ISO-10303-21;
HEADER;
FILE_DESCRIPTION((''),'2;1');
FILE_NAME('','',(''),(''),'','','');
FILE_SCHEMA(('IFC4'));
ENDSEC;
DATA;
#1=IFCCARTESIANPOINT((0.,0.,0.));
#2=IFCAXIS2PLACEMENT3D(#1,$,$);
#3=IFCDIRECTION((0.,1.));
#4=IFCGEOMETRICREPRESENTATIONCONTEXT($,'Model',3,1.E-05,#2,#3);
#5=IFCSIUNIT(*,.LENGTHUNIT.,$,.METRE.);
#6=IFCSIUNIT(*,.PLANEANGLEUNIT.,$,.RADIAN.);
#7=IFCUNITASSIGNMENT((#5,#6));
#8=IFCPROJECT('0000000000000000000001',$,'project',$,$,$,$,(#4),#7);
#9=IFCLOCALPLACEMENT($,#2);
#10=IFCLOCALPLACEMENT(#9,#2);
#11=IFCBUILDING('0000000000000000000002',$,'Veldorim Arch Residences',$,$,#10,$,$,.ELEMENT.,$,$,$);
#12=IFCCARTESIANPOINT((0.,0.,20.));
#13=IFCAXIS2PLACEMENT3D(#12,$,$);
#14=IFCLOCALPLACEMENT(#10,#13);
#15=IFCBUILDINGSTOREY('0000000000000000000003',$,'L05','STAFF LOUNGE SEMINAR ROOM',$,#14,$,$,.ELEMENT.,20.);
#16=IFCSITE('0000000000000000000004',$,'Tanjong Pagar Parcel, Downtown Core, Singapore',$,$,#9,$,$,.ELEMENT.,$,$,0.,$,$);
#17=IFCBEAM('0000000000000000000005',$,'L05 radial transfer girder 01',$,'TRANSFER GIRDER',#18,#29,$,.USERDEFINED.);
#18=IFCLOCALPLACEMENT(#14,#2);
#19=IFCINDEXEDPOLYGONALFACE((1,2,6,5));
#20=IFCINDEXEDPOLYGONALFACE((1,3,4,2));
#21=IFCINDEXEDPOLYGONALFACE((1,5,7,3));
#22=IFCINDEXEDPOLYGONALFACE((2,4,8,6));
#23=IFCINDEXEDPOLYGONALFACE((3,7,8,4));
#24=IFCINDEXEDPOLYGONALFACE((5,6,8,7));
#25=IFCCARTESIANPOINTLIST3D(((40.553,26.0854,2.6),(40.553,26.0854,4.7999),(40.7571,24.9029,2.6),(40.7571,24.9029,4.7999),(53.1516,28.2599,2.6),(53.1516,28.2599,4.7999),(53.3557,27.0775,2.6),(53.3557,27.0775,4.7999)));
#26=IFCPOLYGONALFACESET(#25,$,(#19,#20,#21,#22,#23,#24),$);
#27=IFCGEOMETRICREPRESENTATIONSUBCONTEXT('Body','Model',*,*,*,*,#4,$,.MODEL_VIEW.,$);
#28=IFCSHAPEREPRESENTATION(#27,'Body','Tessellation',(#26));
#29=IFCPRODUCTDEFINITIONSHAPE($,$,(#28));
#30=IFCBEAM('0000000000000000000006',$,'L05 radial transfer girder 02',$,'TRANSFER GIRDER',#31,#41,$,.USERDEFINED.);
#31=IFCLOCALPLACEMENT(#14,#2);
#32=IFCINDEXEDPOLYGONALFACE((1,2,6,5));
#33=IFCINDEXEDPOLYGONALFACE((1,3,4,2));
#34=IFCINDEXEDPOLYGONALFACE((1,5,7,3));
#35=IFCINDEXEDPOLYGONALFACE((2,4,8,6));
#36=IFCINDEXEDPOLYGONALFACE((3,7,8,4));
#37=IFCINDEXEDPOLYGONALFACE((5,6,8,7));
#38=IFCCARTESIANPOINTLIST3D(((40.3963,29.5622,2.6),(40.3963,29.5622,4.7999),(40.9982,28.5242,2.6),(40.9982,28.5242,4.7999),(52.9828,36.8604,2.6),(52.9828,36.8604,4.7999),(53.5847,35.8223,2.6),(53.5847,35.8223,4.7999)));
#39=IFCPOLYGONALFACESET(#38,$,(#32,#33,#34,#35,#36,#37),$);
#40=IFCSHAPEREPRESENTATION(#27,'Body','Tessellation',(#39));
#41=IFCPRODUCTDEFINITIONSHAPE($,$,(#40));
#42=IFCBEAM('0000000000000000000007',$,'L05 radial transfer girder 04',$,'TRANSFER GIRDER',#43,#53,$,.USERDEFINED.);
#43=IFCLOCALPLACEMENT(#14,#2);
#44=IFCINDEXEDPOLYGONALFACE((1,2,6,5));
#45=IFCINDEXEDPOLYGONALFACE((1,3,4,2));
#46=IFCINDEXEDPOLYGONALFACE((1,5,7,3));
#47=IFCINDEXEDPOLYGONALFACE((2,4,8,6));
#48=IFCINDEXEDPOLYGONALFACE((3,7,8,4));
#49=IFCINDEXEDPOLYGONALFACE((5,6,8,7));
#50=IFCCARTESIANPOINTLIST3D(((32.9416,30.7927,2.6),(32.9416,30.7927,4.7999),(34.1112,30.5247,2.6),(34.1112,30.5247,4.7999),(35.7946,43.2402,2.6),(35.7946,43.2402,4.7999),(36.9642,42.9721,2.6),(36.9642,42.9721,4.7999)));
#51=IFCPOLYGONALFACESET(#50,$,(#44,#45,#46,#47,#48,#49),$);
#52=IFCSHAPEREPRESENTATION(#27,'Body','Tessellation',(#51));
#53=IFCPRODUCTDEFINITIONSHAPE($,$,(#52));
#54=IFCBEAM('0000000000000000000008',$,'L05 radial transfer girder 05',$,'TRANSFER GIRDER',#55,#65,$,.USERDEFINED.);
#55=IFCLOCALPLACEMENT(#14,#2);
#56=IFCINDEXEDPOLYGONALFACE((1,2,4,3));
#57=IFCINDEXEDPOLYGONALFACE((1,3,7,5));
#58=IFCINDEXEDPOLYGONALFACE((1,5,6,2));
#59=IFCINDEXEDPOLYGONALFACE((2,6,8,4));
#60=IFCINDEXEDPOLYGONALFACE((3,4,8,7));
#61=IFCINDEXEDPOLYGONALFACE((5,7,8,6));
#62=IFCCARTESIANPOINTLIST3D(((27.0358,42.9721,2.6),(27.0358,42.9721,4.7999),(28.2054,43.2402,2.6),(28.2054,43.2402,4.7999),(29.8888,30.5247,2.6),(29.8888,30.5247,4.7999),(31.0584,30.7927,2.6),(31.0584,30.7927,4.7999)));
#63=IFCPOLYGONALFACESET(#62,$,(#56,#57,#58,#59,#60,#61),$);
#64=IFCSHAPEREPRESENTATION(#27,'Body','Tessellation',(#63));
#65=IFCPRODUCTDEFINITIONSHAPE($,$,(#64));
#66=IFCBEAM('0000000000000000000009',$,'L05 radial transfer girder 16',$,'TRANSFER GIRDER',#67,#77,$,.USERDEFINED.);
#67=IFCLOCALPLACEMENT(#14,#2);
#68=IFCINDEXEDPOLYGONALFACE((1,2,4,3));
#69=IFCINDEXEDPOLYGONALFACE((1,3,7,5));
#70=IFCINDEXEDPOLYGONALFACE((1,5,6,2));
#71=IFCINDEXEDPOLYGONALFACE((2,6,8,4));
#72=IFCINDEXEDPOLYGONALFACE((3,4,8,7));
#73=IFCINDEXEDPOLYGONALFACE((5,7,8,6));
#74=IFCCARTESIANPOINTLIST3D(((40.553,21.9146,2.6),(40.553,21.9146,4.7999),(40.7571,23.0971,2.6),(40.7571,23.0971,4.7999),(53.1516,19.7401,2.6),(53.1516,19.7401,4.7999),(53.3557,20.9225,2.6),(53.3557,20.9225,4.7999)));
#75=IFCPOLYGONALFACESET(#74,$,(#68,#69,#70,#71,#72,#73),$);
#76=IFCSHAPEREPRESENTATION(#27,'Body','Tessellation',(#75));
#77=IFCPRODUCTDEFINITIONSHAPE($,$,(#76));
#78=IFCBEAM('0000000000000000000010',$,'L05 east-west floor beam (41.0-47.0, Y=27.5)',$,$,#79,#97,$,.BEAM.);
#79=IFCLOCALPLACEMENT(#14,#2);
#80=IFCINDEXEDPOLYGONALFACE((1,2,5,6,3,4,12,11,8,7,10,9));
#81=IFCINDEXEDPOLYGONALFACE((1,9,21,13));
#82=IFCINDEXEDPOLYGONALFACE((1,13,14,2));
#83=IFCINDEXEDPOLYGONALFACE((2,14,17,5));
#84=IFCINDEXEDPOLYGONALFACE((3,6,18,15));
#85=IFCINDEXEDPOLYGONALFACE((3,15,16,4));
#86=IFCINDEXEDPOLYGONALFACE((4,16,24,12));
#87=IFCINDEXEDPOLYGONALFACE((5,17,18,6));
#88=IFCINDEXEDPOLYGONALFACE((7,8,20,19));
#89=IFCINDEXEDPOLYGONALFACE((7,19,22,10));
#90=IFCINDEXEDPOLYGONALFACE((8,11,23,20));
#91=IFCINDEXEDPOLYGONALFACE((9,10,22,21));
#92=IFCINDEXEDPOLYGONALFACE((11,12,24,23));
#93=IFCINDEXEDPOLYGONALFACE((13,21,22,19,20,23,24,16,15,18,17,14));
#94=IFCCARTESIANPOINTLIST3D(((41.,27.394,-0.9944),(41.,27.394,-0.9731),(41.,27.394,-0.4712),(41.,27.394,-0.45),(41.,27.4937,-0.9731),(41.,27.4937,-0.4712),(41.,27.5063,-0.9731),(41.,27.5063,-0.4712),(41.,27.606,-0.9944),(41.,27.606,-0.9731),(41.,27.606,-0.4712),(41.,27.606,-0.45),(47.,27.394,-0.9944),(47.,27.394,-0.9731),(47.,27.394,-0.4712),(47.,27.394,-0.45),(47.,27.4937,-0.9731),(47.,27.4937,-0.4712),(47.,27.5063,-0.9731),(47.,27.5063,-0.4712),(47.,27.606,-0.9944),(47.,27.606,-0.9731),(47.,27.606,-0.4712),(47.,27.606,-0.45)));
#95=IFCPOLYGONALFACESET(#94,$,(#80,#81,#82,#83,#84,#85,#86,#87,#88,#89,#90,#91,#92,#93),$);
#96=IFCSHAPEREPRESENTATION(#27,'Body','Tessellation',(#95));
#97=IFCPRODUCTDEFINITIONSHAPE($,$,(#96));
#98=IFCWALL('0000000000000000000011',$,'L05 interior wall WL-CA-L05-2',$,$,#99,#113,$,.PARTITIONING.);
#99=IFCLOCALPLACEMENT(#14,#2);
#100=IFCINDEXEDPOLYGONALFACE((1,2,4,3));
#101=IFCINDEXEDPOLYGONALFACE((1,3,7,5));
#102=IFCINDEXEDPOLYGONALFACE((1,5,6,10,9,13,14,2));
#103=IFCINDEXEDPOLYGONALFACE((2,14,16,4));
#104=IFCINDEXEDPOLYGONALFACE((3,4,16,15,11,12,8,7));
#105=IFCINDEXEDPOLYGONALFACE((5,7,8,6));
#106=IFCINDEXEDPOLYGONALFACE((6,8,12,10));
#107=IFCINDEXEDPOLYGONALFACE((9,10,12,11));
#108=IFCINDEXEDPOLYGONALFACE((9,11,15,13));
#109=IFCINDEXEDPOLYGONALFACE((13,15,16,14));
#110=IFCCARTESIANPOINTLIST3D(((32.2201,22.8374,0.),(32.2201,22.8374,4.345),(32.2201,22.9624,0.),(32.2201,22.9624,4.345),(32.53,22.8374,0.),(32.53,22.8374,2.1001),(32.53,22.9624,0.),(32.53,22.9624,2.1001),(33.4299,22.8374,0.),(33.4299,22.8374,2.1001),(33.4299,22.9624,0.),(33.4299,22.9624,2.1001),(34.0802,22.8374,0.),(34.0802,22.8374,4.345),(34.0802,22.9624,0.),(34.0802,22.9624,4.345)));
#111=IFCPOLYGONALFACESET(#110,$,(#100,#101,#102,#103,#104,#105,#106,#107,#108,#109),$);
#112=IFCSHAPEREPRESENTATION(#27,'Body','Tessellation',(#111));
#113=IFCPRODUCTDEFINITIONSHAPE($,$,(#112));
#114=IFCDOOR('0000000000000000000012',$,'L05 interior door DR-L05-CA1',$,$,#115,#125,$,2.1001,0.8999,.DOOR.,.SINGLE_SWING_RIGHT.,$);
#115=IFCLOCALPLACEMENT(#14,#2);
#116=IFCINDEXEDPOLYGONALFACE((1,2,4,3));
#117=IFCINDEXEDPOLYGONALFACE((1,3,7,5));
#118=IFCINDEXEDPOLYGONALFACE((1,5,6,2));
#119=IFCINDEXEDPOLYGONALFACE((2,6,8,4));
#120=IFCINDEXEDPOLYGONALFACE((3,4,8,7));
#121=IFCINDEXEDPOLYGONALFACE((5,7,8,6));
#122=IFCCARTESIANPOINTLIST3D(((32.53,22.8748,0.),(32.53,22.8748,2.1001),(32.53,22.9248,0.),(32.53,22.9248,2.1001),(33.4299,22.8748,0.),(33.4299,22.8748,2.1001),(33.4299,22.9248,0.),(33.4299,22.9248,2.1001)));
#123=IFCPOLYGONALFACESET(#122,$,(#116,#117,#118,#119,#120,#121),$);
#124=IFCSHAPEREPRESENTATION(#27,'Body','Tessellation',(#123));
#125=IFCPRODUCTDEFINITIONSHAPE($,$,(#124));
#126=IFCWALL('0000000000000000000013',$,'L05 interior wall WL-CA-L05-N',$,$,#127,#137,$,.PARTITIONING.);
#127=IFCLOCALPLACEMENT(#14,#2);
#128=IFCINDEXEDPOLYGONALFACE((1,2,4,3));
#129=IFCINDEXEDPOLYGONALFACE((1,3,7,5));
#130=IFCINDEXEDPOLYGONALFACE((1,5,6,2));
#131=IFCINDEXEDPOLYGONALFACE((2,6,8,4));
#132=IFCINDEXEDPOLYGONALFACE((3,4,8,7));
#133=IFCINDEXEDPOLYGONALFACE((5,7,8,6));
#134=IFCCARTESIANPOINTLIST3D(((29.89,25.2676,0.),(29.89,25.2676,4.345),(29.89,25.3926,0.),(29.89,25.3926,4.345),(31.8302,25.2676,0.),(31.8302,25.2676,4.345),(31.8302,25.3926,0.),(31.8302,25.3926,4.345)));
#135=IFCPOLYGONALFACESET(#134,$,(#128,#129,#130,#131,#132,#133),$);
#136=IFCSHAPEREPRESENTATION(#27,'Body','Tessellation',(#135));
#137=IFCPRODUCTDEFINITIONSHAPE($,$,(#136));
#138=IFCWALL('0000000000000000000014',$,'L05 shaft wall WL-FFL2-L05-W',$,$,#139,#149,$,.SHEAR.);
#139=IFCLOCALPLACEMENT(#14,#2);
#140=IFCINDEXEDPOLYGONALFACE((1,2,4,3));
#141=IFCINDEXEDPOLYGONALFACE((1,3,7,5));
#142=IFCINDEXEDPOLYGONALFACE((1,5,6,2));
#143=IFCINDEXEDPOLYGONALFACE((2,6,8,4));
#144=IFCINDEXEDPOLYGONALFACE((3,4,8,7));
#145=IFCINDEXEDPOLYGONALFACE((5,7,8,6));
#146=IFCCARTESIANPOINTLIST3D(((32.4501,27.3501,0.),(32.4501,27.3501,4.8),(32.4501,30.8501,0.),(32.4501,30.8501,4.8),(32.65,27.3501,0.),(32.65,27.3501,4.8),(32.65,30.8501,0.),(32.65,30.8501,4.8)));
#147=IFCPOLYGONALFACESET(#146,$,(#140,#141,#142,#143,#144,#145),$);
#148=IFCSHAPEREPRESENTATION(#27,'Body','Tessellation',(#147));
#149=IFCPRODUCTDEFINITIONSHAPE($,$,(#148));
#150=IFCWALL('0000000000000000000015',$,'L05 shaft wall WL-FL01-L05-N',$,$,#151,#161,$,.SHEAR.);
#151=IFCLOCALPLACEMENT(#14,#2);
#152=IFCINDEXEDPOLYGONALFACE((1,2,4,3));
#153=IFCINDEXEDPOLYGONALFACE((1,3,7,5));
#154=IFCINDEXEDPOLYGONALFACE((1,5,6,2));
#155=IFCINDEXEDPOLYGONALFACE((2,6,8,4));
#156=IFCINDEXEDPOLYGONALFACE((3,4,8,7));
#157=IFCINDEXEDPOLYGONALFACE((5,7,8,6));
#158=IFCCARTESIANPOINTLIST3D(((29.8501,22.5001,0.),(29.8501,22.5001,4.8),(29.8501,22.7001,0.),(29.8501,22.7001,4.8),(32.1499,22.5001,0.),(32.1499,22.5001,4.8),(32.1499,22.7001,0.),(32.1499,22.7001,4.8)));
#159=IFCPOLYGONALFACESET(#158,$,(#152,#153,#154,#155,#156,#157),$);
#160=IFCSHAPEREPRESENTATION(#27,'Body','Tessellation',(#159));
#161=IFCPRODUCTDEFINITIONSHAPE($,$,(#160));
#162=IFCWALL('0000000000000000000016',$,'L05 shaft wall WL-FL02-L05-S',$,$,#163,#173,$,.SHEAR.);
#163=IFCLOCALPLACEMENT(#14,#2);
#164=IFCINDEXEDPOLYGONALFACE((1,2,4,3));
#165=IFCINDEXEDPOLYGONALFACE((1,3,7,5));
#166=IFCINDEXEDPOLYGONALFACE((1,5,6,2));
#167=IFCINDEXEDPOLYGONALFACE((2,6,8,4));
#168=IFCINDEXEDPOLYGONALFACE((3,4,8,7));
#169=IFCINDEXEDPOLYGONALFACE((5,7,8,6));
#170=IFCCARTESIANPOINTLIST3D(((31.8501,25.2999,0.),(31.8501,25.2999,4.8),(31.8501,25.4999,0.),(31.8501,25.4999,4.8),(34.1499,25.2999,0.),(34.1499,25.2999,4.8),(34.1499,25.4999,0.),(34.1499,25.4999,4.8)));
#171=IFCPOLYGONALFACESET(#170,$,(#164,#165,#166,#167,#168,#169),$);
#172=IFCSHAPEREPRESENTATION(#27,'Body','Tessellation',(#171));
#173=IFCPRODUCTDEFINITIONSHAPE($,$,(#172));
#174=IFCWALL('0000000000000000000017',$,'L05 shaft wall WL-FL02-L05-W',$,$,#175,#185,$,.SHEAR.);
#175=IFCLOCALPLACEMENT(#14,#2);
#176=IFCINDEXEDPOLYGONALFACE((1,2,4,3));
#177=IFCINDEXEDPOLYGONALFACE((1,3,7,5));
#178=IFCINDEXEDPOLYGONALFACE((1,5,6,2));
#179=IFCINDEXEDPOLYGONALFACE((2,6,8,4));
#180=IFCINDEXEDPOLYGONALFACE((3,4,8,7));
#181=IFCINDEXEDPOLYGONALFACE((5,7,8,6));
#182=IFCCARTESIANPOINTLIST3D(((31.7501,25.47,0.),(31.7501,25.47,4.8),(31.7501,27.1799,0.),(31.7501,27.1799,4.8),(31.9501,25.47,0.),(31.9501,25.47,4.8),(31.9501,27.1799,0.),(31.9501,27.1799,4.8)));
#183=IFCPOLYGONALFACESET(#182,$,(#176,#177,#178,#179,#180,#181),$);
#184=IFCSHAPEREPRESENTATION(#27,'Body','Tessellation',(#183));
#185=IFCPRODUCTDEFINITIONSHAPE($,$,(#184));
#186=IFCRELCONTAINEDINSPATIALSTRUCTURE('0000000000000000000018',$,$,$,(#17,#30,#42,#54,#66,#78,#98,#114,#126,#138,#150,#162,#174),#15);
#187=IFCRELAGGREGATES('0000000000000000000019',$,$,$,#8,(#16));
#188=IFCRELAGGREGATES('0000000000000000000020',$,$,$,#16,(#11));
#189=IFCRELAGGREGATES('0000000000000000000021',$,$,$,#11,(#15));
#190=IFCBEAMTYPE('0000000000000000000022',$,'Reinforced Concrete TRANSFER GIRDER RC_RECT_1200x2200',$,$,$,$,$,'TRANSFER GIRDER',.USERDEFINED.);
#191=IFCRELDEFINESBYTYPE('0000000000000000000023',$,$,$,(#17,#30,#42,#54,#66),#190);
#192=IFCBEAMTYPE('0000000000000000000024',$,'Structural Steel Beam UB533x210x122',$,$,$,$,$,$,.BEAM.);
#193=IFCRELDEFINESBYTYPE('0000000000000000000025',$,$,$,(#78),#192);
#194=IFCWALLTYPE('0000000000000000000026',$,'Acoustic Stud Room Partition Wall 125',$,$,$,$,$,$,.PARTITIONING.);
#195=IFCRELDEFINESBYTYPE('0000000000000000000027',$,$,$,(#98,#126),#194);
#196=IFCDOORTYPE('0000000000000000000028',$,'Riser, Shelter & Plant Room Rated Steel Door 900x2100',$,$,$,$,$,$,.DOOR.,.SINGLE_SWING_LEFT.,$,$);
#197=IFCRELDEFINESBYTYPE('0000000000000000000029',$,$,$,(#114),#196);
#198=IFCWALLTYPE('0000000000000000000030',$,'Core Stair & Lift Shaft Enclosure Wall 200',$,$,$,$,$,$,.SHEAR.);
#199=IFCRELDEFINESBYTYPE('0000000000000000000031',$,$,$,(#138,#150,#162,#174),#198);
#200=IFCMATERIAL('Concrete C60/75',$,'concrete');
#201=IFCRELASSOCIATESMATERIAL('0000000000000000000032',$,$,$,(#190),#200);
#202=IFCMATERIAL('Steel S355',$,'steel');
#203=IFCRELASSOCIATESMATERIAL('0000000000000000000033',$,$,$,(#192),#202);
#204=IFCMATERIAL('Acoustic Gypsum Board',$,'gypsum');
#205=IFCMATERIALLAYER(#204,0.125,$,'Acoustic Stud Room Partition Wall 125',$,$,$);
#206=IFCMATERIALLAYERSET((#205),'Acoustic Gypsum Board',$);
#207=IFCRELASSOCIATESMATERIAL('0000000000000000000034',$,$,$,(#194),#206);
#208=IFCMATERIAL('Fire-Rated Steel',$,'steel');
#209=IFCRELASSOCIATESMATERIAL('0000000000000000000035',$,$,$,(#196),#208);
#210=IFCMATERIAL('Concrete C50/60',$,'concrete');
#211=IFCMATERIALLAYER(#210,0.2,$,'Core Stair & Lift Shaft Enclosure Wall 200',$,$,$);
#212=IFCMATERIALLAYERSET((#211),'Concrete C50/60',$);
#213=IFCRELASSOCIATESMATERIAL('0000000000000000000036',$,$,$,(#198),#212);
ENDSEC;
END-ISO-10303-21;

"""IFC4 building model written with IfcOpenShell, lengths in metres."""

from ifc_helpers import new_model, si_unit, direction, frame, frame_2d, origin, origin_2d, place, context, subcontext, project, spatial, rectangle, i_section, extrude, material, layer, layer_set, material_profile, profile_set, type_object, element, fill, save


model = new_model("IFC4")

# Units and contexts
model_context = context("Model", 3, precision=1e-05, world=origin(), true_north=direction((0.0, 1.0)))
body_context = subcontext(model_context, "Body", "Model", "MODEL_VIEW")
ifc_project = project(units=[si_unit("LENGTHUNIT", "METRE"), si_unit("PLANEANGLEUNIT", "RADIAN")], contexts=[model_context])

# Site, building, storey
site_placement = place(None, origin())
site = spatial("IfcSite", under=ifc_project, at=site_placement, Name="Tanjong Pagar Parcel, Downtown Core, Singapore", CompositionType="ELEMENT", RefElevation=0.0)
building_placement = place(site_placement, origin())
building = spatial("IfcBuilding", under=site, at=building_placement, Name="Veldorim Arch Residences", CompositionType="ELEMENT")
storey_placement = place(building_placement, frame((0.0, 0.0, 20.0)))
storey = spatial("IfcBuildingStorey", under=building, at=storey_placement, Name="L05", Description="STAFF LOUNGE SEMINAR ROOM", CompositionType="ELEMENT", Elevation=20.0)

# Beams
ifc_material_1 = material(Name="Concrete C60/75", Category="concrete")
ifc_material_profile_1 = material_profile(ifc_material_1, rectangle(XDim=1.2, YDim=2.2, at=origin_2d()), Name="RC_RECT_1200x2200")
ifc_profile_set_1 = profile_set([ifc_material_profile_1], Name="Concrete C60/75")
beam_type_1 = type_object("IfcBeamType", Name="Reinforced Concrete TRANSFER GIRDER RC_RECT_1200x2200", ElementType="TRANSFER GIRDER", PredefinedType="USERDEFINED", material=ifc_profile_set_1)
beam_1_placement = place(storey_placement, frame((40.655, 25.4941, 3.7), z_axis=(0.985429, 0.170088, 0.0), x_axis=(-0.170088, 0.985429, 0.0)))
element("IfcBeam", 1, at=beam_1_placement, inside=storey, type_object=beam_type_1, Name="L05 radial transfer girder 01", ObjectType="TRANSFER GIRDER", PredefinedType="USERDEFINED", context=body_context, shape_type="SweptSolid", body=[
    extrude(rectangle(XDim=1.2, YDim=2.2, at=origin_2d()), origin(), (0.0, 0.0, 1.0), 12.7849),
])
beam_2_placement = place(storey_placement, frame((40.6973, 29.0432, 3.7), z_axis=(0.865092, 0.501614, 0.0), x_axis=(-0.501614, 0.865092, 0.0)))
element("IfcBeam", 2, at=beam_2_placement, inside=storey, type_object=beam_type_1, Name="L05 radial transfer girder 02", ObjectType="TRANSFER GIRDER", PredefinedType="USERDEFINED", context=body_context, shape_type="SweptSolid", body=[
    extrude(rectangle(XDim=1.2, YDim=2.2, at=origin_2d()), origin(), (0.0, 0.0, 1.0), 14.5493),
])
for number, where, z_axis, x_axis, name in (
    (3, (33.5264, 30.6587, 3.7), (0.223411, 0.974724, 0.0), (-0.974724, 0.223411, 0.0), "L05 radial transfer girder 04"),
    (4, (30.4736, 30.6587, 3.7), (-0.223411, 0.974724, 0.0), (-0.974724, -0.223411, 0.0), "L05 radial transfer girder 05"),
):
    element("IfcBeam", number, at=place(storey_placement, frame(where, z_axis=z_axis, x_axis=x_axis)), inside=storey, type_object=beam_type_1, Name=name, ObjectType="TRANSFER GIRDER", PredefinedType="USERDEFINED", context=body_context, shape_type="SweptSolid", body=[
        extrude(rectangle(XDim=1.2, YDim=2.2, at=origin_2d()), origin(), (0.0, 0.0, 1.0), 12.7703),
    ])
beam_3_placement = place(storey_placement, frame((40.655, 22.5059, 3.7), z_axis=(0.985429, -0.170088, 0.0), x_axis=(0.170088, 0.985429, 0.0)))
element("IfcBeam", 5, at=beam_3_placement, inside=storey, type_object=beam_type_1, Name="L05 radial transfer girder 16", ObjectType="TRANSFER GIRDER", PredefinedType="USERDEFINED", context=body_context, shape_type="SweptSolid", body=[
    extrude(rectangle(XDim=1.2, YDim=2.2, at=origin_2d()), origin(), (0.0, 0.0, 1.0), 12.7849),
])
ifc_material_2 = material(Name="Steel S355", Category="steel")
ifc_material_profile_2 = material_profile(ifc_material_2, i_section(OverallWidth=0.2119, OverallDepth=0.5444, WebThickness=0.0127, FlangeThickness=0.0212, at=origin_2d()), Name="UB533x210x122")
ifc_profile_set_2 = profile_set([ifc_material_profile_2], Name="Steel S355")
beam_type_2 = type_object("IfcBeamType", Name="Structural Steel Beam UB533x210x122", PredefinedType="BEAM", material=ifc_profile_set_2)
beam_4_placement = place(storey_placement, frame((41.0, 27.5, -0.7222), z_axis=(1.0, 0.0, 0.0), x_axis=(0.0, 1.0, 0.0)))
element("IfcBeam", 6, at=beam_4_placement, inside=storey, type_object=beam_type_2, Name="L05 east-west floor beam (41.0-47.0, Y=27.5)", PredefinedType="BEAM", context=body_context, shape_type="SweptSolid", body=[
    extrude(i_section(OverallWidth=0.2119, OverallDepth=0.5444, WebThickness=0.0127, FlangeThickness=0.0212, at=origin_2d()), origin(), (0.0, 0.0, 1.0), 6.0),
])

# Wall, opening, door
ifc_material_3 = material(Name="Acoustic Gypsum Board", Category="gypsum")
ifc_layer_1 = layer(ifc_material_3, 0.125, Name="Acoustic Stud Room Partition Wall 125")
ifc_layer_set_1 = layer_set([ifc_layer_1], Name="Acoustic Gypsum Board")
wall_type_1 = type_object("IfcWallType", Name="Acoustic Stud Room Partition Wall 125", PredefinedType="PARTITIONING", material=ifc_layer_set_1)
wall_1_placement = place(storey_placement, frame((32.22, 22.8999, 0.0), z_axis=(0.0, 0.0, 1.0), x_axis=(1.0, 0.0, 0.0)))
wall_1 = element("IfcWall", 7, at=wall_1_placement, inside=storey, type_object=wall_type_1, Name="L05 interior wall WL-CA-L05-2", PredefinedType="PARTITIONING", context=body_context, shape_type="SweptSolid", body=[
    extrude(rectangle(XDim=1.8601, YDim=0.125, at=frame_2d((0.9302, 0.0))), origin(), (0.0, 0.0, 1.0), 4.345),
])
opening_1_placement = place(wall_1_placement, frame((0.3101, 0.0, 0.0)))
opening_1 = element("IfcOpeningElement", 8, at=opening_1_placement, cuts=wall_1, PredefinedType="OPENING", context=body_context, shape_type="SweptSolid", body=[
    extrude(rectangle(XDim=0.8999, YDim=2.1001, at=frame_2d((0.45, 1.05))), frame((0.0, 0.0725, 0.0), z_axis=(0.0, -1.0, 0.0), x_axis=(1.0, 0.0, 0.0)), (0.0, 0.0, 1.0), 0.145),
])
ifc_material_4 = material(Name="Fire-Rated Steel", Category="steel")
door_type_1 = type_object("IfcDoorType", Name="Riser, Shelter & Plant Room Rated Steel Door 900x2100", OperationType="SINGLE_SWING_LEFT", PredefinedType="DOOR", material=ifc_material_4)
door_1_placement = place(opening_1_placement, origin())
door_1 = element("IfcDoor", 9, at=door_1_placement, inside=storey, type_object=door_type_1, Name="L05 interior door DR-L05-CA1", OperationType="SINGLE_SWING_RIGHT", OverallHeight=2.1001, OverallWidth=0.8999, PredefinedType="DOOR", context=body_context, shape_type="SweptSolid", body=[
    extrude(rectangle(XDim=0.8999, YDim=2.1001, at=frame_2d((0.45, 1.05))), frame((0.0, 0.0249, 0.0), z_axis=(0.0, -1.0, 0.0), x_axis=(1.0, 0.0, 0.0)), (0.0, 0.0, 1.0), 0.05),
])
fill(opening_1, door_1)

# Wall
wall_2_placement = place(storey_placement, frame((29.8899, 25.3301, 0.0), z_axis=(0.0, 0.0, 1.0), x_axis=(1.0, 0.0, 0.0)))
element("IfcWall", 10, at=wall_2_placement, inside=storey, type_object=wall_type_1, Name="L05 interior wall WL-CA-L05-N", PredefinedType="PARTITIONING", context=body_context, shape_type="SweptSolid", body=[
    extrude(rectangle(XDim=1.9402, YDim=0.125, at=frame_2d((0.9702, 0.0))), origin(), (0.0, 0.0, 1.0), 4.345),
])

# Shared definitions
ifc_material_5 = material(Name="Concrete C50/60", Category="concrete")
ifc_layer_2 = layer(ifc_material_5, 0.2, Name="Core Stair & Lift Shaft Enclosure Wall 200")
ifc_layer_set_2 = layer_set([ifc_layer_2], Name="Concrete C50/60")
wall_type_2 = type_object("IfcWallType", Name="Core Stair & Lift Shaft Enclosure Wall 200", PredefinedType="SHEAR", material=ifc_layer_set_2)

# Walls
wall_3_placement = place(storey_placement, frame((32.55, 27.3501, 0.0), z_axis=(0.0, 0.0, 1.0), x_axis=(0.0, 1.0, 0.0)))
element("IfcWall", 11, at=wall_3_placement, inside=storey, type_object=wall_type_2, Name="L05 shaft wall WL-FFL2-L05-W", PredefinedType="SHEAR", context=body_context, shape_type="SweptSolid", body=[
    extrude(rectangle(XDim=3.5, YDim=0.2, at=frame_2d((1.75, 0.0))), origin(), (0.0, 0.0, 1.0), 4.8),
])
wall_4_placement = place(storey_placement, frame((29.8501, 22.6001, 0.0), z_axis=(0.0, 0.0, 1.0), x_axis=(1.0, 0.0, 0.0)))
element("IfcWall", 12, at=wall_4_placement, inside=storey, type_object=wall_type_2, Name="L05 shaft wall WL-FL01-L05-N", PredefinedType="SHEAR", context=body_context, shape_type="SweptSolid", body=[
    extrude(rectangle(XDim=2.2998, YDim=0.2, at=frame_2d((1.1499, 0.0))), origin(), (0.0, 0.0, 1.0), 4.8),
])

# Walls
wall_5_placement = place(storey_placement, frame((31.8501, 25.3999, 0.0), z_axis=(0.0, 0.0, 1.0), x_axis=(1.0, 0.0, 0.0)))
element("IfcWall", 13, at=wall_5_placement, inside=storey, type_object=wall_type_2, Name="L05 shaft wall WL-FL02-L05-S", PredefinedType="SHEAR", context=body_context, shape_type="SweptSolid", body=[
    extrude(rectangle(XDim=2.2998, YDim=0.2, at=frame_2d((1.1499, 0.0))), origin(), (0.0, 0.0, 1.0), 4.8),
])
for number, where, z_axis, x_axis, name in (
    (14, (31.8501, 25.47, 0.0), (0.0, 0.0, 1.0), (0.0, 1.0, 0.0), "L05 shaft wall WL-FL02-L05-W"),
):
    element("IfcWall", number, at=place(storey_placement, frame(where, z_axis=z_axis, x_axis=x_axis)), inside=storey, type_object=wall_type_2, Name=name, PredefinedType="SHEAR", context=body_context, shape_type="SweptSolid", body=[
        extrude(rectangle(XDim=1.71, YDim=0.2, at=frame_2d((0.855, 0.0))), origin(), (0.0, 0.0, 1.0), 4.8),
    ])

save(model, "model.ifc")
